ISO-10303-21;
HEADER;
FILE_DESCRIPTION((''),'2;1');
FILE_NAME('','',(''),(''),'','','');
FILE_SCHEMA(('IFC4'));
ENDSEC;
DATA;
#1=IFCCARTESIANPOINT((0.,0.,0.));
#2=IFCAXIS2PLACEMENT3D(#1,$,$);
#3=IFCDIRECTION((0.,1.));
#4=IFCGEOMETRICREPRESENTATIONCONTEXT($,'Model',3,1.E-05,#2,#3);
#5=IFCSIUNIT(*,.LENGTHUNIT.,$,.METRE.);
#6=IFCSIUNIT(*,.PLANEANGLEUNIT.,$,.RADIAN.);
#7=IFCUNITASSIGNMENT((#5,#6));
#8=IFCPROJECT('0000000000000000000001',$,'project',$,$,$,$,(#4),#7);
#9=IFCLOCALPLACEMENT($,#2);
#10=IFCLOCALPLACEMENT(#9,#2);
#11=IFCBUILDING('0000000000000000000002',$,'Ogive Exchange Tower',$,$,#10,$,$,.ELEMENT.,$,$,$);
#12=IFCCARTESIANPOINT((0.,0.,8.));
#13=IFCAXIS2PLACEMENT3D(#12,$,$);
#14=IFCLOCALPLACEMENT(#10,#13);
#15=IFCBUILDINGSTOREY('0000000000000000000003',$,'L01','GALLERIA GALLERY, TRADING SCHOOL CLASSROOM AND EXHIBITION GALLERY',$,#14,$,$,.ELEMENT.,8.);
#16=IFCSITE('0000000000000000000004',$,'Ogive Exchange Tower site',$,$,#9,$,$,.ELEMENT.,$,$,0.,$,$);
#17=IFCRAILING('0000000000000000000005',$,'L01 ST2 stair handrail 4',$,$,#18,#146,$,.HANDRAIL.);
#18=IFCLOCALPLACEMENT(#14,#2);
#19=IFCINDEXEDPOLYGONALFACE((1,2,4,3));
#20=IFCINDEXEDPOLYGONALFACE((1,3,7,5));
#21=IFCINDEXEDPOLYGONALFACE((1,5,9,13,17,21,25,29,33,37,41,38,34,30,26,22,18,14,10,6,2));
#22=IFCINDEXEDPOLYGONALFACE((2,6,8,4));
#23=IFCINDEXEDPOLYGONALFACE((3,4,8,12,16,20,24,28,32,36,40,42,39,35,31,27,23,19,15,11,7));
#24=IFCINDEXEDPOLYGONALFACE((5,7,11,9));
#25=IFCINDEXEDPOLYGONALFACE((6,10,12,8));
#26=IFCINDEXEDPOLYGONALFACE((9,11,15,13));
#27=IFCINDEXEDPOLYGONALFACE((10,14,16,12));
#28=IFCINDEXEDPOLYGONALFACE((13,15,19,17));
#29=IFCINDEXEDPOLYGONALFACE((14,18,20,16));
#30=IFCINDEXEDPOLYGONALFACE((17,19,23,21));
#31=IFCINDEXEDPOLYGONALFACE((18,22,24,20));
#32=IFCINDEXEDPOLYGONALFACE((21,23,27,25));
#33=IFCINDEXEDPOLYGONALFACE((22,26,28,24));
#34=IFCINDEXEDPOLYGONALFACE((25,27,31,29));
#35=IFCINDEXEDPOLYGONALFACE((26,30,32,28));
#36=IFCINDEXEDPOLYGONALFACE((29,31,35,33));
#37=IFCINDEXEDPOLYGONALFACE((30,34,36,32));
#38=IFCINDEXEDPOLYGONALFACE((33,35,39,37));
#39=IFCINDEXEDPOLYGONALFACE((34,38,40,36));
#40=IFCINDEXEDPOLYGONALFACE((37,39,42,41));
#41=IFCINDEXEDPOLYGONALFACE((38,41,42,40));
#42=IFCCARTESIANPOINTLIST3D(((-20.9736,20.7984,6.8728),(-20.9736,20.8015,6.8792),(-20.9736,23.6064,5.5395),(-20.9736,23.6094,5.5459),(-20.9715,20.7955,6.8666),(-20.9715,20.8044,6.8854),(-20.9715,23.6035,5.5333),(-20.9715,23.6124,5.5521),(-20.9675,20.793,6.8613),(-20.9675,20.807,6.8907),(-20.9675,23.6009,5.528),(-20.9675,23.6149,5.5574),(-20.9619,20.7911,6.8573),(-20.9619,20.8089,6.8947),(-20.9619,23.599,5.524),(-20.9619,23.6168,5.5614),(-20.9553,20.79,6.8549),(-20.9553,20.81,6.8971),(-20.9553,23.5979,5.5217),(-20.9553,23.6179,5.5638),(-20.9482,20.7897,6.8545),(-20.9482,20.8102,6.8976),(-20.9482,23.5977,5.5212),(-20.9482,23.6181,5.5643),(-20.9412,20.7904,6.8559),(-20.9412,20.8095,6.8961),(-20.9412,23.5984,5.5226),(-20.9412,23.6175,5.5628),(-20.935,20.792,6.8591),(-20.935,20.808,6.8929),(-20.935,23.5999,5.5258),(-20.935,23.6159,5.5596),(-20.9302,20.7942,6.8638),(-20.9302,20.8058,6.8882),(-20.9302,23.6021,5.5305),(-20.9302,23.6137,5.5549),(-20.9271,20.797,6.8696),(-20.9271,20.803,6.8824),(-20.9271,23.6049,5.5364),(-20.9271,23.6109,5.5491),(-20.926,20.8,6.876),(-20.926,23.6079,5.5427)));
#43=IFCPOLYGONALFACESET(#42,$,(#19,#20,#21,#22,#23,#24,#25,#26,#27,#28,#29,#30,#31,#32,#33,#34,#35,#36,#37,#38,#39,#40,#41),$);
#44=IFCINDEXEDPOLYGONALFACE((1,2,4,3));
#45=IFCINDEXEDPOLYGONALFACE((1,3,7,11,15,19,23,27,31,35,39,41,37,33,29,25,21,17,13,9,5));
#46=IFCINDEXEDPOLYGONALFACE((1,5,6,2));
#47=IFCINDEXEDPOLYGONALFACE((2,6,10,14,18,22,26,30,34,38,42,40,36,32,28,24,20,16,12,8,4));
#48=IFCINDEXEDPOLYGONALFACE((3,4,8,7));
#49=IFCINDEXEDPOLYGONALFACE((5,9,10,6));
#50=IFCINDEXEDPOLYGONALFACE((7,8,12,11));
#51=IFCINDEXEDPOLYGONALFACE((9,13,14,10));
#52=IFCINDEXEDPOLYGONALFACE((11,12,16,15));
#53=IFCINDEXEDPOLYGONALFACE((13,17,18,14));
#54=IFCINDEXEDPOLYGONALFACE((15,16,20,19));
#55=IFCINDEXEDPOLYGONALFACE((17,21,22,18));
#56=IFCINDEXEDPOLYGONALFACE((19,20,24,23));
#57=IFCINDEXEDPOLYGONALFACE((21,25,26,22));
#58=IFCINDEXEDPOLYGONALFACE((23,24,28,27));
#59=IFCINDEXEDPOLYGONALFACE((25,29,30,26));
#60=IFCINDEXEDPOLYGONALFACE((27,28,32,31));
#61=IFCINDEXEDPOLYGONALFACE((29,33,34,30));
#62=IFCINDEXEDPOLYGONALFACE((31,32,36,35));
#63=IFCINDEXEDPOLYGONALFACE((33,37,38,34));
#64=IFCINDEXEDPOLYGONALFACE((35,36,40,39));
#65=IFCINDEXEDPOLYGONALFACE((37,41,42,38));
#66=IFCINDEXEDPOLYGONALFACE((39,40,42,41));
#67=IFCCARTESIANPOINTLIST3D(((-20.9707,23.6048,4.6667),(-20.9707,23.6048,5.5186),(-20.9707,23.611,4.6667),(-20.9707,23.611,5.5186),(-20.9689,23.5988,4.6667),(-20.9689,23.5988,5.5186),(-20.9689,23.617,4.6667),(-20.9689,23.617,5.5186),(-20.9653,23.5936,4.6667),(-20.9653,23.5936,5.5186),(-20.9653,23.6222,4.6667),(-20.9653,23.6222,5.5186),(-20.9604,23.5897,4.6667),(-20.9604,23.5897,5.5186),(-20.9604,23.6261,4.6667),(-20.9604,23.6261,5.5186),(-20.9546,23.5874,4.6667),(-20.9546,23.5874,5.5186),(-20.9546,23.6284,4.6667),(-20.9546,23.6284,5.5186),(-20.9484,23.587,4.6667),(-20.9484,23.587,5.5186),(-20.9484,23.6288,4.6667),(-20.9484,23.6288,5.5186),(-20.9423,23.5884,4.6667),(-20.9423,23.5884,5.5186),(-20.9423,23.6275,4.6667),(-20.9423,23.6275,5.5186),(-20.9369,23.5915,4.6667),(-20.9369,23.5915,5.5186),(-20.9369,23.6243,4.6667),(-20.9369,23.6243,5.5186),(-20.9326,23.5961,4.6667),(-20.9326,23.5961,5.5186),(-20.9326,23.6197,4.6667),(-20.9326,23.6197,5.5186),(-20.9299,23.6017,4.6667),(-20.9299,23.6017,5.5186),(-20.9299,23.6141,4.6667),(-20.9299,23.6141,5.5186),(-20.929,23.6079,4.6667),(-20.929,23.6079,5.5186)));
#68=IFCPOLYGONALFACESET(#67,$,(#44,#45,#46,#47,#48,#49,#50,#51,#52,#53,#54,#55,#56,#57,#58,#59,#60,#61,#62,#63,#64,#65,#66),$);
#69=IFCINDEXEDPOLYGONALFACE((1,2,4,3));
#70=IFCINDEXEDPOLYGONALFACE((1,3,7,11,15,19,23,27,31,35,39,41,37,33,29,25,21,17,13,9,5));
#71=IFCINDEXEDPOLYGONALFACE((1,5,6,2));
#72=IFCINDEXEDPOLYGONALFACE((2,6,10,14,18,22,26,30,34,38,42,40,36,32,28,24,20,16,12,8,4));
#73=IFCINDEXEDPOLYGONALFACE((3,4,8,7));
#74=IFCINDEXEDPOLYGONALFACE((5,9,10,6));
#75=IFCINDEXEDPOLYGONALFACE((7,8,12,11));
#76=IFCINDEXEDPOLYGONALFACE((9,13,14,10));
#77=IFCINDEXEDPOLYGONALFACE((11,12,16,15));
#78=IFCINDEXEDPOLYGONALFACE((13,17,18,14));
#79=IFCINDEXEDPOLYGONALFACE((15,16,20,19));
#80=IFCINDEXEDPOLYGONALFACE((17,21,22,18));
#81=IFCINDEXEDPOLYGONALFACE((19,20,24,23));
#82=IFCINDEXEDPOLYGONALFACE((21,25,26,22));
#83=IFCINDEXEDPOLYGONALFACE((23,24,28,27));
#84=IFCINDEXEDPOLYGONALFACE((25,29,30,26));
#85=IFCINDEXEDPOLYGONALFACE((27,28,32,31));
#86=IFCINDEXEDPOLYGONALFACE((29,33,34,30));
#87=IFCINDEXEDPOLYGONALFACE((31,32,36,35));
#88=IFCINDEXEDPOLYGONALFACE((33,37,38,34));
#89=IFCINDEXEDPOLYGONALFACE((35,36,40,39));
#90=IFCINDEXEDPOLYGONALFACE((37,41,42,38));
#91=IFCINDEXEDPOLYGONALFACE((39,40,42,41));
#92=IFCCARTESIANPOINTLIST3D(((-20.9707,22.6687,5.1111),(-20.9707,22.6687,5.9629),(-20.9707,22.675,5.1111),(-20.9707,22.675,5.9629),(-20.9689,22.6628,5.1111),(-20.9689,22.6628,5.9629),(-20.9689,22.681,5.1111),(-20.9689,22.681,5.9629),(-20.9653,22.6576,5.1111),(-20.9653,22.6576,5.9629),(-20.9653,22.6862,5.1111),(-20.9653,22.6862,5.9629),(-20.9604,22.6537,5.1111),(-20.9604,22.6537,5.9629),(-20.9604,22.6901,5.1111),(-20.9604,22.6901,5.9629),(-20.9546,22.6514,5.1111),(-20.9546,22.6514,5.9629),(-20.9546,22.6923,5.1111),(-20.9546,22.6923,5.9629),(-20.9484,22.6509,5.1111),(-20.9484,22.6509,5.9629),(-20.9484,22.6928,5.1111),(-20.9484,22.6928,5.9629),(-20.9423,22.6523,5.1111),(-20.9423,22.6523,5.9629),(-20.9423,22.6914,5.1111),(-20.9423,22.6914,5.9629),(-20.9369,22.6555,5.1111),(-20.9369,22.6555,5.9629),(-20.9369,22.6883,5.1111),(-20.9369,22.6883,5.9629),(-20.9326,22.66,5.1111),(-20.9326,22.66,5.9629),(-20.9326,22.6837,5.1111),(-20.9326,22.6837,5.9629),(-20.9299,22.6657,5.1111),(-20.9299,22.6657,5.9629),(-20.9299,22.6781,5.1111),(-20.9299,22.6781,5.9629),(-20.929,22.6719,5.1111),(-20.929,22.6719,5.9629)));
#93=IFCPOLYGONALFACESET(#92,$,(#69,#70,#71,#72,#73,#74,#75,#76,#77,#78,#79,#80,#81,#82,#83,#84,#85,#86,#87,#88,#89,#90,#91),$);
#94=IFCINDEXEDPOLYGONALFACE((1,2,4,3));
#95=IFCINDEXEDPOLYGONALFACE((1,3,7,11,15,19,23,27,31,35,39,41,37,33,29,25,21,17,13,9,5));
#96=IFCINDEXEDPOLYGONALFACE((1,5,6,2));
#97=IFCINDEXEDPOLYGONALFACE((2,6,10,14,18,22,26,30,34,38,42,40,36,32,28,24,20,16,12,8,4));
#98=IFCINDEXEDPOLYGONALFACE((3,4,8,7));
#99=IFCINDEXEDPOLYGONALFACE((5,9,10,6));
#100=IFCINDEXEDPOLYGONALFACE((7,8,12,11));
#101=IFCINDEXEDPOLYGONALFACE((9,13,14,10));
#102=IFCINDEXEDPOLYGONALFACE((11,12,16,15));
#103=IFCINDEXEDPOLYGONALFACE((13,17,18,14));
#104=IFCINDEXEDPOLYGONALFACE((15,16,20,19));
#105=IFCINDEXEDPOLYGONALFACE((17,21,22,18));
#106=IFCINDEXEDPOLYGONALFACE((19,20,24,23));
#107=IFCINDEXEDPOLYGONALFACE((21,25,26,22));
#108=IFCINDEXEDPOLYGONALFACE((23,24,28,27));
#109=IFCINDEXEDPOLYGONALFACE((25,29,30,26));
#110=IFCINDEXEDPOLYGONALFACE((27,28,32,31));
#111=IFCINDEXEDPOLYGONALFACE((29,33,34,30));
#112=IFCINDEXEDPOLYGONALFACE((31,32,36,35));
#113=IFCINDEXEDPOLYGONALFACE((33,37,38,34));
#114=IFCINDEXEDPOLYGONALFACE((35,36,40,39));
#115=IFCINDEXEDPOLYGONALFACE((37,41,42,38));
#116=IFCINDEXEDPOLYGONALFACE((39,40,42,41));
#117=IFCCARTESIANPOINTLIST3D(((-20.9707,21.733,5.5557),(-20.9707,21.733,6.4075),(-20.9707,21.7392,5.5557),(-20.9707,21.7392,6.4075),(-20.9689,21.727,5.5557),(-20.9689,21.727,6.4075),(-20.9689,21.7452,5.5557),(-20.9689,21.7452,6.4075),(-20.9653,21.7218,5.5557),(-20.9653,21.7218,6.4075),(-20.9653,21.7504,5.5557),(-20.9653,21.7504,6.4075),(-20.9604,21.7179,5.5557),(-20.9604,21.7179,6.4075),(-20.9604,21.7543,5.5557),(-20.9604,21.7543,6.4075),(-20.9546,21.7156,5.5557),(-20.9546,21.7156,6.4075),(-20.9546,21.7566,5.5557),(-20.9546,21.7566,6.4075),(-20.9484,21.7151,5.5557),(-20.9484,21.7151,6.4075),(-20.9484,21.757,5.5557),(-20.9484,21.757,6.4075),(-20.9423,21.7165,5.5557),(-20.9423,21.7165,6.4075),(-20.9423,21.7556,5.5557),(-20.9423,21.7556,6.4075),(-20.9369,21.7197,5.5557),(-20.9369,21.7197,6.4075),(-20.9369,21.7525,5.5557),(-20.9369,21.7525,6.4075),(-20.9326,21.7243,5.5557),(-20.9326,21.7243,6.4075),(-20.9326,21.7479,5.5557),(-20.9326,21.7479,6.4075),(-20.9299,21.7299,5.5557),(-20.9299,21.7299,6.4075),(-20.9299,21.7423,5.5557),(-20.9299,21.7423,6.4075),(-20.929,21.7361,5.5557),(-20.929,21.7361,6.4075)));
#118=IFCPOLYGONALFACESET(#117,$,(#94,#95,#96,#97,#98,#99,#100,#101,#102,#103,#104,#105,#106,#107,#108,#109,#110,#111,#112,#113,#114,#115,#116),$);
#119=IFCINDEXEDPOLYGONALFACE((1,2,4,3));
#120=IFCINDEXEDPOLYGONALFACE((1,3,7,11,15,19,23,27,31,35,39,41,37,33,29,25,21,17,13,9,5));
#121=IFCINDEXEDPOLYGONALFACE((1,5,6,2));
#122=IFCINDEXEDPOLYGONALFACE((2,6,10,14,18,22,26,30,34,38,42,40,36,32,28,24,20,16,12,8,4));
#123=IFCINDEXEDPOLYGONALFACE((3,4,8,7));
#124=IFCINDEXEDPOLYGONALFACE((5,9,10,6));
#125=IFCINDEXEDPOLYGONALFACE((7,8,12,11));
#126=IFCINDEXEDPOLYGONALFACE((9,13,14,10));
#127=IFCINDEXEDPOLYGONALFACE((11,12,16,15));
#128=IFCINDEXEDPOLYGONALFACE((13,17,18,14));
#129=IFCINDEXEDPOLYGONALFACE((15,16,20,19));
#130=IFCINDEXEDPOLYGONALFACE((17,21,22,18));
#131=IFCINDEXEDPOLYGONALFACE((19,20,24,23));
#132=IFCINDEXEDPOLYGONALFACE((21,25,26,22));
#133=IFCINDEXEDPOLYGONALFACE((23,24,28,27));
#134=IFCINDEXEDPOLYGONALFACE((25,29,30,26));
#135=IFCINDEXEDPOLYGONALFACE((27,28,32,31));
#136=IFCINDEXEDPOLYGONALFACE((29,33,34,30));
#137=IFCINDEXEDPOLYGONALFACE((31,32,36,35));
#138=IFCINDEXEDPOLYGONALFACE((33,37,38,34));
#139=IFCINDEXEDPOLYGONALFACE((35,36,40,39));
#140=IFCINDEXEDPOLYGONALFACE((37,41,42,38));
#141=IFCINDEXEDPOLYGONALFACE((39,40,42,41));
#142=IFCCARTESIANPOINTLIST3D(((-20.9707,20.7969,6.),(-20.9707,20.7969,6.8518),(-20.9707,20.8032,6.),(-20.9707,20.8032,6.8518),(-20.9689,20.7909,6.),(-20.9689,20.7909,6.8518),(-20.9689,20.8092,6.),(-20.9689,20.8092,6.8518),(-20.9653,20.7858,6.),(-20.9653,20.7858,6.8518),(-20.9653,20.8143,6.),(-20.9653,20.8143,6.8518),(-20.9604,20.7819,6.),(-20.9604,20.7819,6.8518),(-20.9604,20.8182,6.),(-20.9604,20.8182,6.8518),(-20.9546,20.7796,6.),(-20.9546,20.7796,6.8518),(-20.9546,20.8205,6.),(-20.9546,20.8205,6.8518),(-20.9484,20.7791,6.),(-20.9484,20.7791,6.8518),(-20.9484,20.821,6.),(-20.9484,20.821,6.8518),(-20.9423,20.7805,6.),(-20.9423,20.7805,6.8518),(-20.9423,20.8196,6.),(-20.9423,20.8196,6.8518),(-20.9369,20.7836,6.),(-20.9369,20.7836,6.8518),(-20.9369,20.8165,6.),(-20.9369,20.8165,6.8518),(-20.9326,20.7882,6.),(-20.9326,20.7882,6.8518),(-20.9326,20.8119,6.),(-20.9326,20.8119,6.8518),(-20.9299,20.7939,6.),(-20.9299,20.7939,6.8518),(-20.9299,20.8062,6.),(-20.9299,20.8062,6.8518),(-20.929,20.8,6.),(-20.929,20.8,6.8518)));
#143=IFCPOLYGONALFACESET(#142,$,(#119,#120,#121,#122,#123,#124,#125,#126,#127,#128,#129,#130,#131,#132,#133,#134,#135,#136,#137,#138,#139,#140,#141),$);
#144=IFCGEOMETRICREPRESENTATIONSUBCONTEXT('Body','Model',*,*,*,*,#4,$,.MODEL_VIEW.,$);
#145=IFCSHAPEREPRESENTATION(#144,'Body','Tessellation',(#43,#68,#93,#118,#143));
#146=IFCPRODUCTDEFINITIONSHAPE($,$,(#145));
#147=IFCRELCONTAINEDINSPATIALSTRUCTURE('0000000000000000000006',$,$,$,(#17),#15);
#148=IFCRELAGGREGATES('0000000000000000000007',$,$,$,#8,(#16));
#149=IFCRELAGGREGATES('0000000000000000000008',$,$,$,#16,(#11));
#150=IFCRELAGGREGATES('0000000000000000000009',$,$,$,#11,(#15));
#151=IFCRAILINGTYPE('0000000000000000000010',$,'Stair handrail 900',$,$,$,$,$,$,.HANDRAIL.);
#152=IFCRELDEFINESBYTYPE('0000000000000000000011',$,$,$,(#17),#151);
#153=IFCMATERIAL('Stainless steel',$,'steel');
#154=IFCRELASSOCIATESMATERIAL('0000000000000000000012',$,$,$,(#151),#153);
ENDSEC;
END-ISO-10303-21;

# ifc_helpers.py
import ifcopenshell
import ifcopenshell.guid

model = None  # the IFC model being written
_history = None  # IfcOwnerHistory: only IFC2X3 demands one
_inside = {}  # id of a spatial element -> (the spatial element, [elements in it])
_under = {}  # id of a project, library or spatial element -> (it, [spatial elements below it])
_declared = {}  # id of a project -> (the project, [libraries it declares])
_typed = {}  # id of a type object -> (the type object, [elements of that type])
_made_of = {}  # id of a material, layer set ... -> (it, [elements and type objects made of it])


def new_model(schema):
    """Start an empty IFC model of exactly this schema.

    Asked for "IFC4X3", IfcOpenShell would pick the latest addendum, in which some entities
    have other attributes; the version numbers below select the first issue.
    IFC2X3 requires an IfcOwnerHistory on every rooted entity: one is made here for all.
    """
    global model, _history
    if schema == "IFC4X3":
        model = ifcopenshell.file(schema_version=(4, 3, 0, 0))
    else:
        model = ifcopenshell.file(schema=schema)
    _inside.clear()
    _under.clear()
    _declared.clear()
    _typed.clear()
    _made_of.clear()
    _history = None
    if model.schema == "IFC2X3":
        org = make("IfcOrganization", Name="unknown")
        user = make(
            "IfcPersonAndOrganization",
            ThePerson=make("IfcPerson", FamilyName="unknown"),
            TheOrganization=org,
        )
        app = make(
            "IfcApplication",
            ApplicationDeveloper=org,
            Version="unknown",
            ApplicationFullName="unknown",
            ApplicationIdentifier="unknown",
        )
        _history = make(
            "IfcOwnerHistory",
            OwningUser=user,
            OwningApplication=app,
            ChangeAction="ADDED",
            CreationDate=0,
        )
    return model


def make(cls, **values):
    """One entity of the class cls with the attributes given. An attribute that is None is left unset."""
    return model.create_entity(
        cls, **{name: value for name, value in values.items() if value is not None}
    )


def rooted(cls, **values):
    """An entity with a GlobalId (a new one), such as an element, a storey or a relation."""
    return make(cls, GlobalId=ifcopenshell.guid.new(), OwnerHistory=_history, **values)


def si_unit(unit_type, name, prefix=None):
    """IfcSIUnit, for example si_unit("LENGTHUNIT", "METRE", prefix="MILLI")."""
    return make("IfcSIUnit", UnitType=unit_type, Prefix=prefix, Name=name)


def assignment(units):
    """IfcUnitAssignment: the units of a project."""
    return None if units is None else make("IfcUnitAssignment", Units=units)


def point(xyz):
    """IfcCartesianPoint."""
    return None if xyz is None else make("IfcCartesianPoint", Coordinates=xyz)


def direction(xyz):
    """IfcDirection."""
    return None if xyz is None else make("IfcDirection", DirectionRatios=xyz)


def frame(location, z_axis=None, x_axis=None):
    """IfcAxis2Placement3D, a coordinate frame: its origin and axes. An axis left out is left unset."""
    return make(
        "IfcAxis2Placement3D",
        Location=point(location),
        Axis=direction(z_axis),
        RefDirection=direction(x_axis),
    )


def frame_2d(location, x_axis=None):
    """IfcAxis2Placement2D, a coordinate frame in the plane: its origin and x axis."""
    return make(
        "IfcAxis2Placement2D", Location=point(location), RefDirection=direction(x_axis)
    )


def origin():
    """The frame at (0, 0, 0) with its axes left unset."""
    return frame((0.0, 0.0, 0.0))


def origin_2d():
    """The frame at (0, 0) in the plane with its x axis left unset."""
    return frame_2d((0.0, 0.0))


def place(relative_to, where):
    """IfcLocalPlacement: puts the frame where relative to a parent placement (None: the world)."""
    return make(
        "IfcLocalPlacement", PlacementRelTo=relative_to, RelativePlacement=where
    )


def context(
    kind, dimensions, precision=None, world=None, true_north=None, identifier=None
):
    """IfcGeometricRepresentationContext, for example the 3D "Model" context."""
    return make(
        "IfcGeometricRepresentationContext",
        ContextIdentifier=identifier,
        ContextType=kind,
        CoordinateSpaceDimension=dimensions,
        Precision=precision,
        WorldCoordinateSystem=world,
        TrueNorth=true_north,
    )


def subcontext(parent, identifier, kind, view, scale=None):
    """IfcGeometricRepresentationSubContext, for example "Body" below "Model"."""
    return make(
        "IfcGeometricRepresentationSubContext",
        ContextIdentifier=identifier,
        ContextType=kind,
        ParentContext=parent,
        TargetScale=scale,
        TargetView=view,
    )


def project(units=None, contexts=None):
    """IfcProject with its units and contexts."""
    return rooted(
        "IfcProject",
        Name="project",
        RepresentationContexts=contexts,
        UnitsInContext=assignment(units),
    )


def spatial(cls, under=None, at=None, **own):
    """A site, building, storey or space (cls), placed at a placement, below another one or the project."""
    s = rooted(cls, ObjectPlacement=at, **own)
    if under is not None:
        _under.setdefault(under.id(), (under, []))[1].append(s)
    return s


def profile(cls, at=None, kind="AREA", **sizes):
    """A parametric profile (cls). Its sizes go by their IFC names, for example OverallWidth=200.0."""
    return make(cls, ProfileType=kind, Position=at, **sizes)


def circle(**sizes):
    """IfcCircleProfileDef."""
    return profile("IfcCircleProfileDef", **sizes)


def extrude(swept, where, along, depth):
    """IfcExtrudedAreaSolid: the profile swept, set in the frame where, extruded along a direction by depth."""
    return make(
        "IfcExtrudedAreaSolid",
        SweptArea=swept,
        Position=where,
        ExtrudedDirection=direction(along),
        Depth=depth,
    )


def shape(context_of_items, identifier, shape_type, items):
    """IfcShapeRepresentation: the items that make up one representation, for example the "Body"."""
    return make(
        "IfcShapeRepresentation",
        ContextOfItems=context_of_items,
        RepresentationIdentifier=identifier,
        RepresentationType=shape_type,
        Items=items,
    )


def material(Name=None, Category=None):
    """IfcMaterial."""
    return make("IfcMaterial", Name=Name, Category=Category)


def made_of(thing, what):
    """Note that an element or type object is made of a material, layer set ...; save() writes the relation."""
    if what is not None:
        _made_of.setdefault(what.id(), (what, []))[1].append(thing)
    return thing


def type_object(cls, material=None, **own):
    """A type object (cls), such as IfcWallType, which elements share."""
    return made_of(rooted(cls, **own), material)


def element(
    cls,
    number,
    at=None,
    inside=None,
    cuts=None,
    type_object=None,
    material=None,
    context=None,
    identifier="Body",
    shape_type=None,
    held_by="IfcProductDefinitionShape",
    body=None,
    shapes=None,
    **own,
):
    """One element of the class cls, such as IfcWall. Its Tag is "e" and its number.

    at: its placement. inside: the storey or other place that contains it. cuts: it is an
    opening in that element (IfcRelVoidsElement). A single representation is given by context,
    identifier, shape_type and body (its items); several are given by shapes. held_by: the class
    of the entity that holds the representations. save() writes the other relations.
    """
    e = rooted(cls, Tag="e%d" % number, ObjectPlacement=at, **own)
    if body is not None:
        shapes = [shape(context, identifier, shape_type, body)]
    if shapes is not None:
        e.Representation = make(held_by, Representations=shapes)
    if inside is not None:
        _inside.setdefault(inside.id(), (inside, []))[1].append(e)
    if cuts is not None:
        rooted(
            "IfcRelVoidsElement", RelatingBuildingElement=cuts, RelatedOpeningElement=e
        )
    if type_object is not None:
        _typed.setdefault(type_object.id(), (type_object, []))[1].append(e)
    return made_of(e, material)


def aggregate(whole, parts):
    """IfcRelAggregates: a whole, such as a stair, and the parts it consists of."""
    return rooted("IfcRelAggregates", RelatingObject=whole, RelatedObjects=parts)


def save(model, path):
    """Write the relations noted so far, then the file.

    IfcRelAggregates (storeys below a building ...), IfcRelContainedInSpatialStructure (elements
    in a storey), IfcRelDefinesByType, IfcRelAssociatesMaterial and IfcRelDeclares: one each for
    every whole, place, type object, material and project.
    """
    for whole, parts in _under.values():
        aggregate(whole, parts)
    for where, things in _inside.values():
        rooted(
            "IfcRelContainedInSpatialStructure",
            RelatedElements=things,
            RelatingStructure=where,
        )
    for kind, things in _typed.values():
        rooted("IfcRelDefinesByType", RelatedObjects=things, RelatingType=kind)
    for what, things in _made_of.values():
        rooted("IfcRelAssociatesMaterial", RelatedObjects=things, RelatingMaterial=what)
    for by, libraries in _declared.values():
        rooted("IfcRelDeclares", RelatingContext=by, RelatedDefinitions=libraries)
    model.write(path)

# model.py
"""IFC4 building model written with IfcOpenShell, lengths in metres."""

from ifc_helpers import new_model, si_unit, direction, frame, origin, origin_2d, place, context, subcontext, project, spatial, circle, extrude, material, type_object, element, save


model = new_model("IFC4")

# Units and contexts
model_context = context("Model", 3, precision=1e-05, world=origin(), true_north=direction((0.0, 1.0)))
body_context = subcontext(model_context, "Body", "Model", "MODEL_VIEW")
ifc_project = project(units=[si_unit("LENGTHUNIT", "METRE"), si_unit("PLANEANGLEUNIT", "RADIAN")], contexts=[model_context])

# Site, building, storey
site_placement = place(None, origin())
site = spatial("IfcSite", under=ifc_project, at=site_placement, Name="Ogive Exchange Tower site", CompositionType="ELEMENT", RefElevation=0.0)
building_placement = place(site_placement, origin())
building = spatial("IfcBuilding", under=site, at=building_placement, Name="Ogive Exchange Tower", CompositionType="ELEMENT")
storey_placement = place(building_placement, frame((0.0, 0.0, 8.0)))
storey = spatial("IfcBuildingStorey", under=building, at=storey_placement, Name="L01", Description="GALLERIA GALLERY, TRADING SCHOOL CLASSROOM AND EXHIBITION GALLERY", CompositionType="ELEMENT", Elevation=8.0)

# Railing
ifc_material_1 = material(Name="Stainless steel", Category="steel")
railing_type = type_object("IfcRailingType", Name="Stair handrail 900", PredefinedType="HANDRAIL", material=ifc_material_1)
for number, where, name in (
    (1, (-20.95, 23.6079, 4.6667), "L01 ST2 stair handrail 4"),
):
    element("IfcRailing", number, at=place(storey_placement, frame(where)), inside=storey, type_object=railing_type, Name=name, PredefinedType="HANDRAIL", context=body_context, shape_type="SweptSolid", body=[
        extrude(circle(Radius=0.0239, at=origin_2d()), frame((0.0, 0.0, 0.876), z_axis=(0.0, -0.903338, 0.42893), x_axis=(1.0, 0.0, 0.0)), (0.0, 0.0, 1.0), 3.1084),
        extrude(circle(Radius=0.021, at=origin_2d()), origin(), (0.0, 0.0, 1.0), 0.8518),
        extrude(circle(Radius=0.021, at=origin_2d()), frame((0.0, -0.936, 0.4443)), (0.0, 0.0, 1.0), 0.8518),
        extrude(circle(Radius=0.021, at=origin_2d()), frame((0.0, -1.8718, 0.8889)), (0.0, 0.0, 1.0), 0.8518),
        extrude(circle(Radius=0.021, at=origin_2d()), frame((0.0, -2.8079, 1.3333)), (0.0, 0.0, 1.0), 0.8518),
    ])

save(model, "model.ifc")
